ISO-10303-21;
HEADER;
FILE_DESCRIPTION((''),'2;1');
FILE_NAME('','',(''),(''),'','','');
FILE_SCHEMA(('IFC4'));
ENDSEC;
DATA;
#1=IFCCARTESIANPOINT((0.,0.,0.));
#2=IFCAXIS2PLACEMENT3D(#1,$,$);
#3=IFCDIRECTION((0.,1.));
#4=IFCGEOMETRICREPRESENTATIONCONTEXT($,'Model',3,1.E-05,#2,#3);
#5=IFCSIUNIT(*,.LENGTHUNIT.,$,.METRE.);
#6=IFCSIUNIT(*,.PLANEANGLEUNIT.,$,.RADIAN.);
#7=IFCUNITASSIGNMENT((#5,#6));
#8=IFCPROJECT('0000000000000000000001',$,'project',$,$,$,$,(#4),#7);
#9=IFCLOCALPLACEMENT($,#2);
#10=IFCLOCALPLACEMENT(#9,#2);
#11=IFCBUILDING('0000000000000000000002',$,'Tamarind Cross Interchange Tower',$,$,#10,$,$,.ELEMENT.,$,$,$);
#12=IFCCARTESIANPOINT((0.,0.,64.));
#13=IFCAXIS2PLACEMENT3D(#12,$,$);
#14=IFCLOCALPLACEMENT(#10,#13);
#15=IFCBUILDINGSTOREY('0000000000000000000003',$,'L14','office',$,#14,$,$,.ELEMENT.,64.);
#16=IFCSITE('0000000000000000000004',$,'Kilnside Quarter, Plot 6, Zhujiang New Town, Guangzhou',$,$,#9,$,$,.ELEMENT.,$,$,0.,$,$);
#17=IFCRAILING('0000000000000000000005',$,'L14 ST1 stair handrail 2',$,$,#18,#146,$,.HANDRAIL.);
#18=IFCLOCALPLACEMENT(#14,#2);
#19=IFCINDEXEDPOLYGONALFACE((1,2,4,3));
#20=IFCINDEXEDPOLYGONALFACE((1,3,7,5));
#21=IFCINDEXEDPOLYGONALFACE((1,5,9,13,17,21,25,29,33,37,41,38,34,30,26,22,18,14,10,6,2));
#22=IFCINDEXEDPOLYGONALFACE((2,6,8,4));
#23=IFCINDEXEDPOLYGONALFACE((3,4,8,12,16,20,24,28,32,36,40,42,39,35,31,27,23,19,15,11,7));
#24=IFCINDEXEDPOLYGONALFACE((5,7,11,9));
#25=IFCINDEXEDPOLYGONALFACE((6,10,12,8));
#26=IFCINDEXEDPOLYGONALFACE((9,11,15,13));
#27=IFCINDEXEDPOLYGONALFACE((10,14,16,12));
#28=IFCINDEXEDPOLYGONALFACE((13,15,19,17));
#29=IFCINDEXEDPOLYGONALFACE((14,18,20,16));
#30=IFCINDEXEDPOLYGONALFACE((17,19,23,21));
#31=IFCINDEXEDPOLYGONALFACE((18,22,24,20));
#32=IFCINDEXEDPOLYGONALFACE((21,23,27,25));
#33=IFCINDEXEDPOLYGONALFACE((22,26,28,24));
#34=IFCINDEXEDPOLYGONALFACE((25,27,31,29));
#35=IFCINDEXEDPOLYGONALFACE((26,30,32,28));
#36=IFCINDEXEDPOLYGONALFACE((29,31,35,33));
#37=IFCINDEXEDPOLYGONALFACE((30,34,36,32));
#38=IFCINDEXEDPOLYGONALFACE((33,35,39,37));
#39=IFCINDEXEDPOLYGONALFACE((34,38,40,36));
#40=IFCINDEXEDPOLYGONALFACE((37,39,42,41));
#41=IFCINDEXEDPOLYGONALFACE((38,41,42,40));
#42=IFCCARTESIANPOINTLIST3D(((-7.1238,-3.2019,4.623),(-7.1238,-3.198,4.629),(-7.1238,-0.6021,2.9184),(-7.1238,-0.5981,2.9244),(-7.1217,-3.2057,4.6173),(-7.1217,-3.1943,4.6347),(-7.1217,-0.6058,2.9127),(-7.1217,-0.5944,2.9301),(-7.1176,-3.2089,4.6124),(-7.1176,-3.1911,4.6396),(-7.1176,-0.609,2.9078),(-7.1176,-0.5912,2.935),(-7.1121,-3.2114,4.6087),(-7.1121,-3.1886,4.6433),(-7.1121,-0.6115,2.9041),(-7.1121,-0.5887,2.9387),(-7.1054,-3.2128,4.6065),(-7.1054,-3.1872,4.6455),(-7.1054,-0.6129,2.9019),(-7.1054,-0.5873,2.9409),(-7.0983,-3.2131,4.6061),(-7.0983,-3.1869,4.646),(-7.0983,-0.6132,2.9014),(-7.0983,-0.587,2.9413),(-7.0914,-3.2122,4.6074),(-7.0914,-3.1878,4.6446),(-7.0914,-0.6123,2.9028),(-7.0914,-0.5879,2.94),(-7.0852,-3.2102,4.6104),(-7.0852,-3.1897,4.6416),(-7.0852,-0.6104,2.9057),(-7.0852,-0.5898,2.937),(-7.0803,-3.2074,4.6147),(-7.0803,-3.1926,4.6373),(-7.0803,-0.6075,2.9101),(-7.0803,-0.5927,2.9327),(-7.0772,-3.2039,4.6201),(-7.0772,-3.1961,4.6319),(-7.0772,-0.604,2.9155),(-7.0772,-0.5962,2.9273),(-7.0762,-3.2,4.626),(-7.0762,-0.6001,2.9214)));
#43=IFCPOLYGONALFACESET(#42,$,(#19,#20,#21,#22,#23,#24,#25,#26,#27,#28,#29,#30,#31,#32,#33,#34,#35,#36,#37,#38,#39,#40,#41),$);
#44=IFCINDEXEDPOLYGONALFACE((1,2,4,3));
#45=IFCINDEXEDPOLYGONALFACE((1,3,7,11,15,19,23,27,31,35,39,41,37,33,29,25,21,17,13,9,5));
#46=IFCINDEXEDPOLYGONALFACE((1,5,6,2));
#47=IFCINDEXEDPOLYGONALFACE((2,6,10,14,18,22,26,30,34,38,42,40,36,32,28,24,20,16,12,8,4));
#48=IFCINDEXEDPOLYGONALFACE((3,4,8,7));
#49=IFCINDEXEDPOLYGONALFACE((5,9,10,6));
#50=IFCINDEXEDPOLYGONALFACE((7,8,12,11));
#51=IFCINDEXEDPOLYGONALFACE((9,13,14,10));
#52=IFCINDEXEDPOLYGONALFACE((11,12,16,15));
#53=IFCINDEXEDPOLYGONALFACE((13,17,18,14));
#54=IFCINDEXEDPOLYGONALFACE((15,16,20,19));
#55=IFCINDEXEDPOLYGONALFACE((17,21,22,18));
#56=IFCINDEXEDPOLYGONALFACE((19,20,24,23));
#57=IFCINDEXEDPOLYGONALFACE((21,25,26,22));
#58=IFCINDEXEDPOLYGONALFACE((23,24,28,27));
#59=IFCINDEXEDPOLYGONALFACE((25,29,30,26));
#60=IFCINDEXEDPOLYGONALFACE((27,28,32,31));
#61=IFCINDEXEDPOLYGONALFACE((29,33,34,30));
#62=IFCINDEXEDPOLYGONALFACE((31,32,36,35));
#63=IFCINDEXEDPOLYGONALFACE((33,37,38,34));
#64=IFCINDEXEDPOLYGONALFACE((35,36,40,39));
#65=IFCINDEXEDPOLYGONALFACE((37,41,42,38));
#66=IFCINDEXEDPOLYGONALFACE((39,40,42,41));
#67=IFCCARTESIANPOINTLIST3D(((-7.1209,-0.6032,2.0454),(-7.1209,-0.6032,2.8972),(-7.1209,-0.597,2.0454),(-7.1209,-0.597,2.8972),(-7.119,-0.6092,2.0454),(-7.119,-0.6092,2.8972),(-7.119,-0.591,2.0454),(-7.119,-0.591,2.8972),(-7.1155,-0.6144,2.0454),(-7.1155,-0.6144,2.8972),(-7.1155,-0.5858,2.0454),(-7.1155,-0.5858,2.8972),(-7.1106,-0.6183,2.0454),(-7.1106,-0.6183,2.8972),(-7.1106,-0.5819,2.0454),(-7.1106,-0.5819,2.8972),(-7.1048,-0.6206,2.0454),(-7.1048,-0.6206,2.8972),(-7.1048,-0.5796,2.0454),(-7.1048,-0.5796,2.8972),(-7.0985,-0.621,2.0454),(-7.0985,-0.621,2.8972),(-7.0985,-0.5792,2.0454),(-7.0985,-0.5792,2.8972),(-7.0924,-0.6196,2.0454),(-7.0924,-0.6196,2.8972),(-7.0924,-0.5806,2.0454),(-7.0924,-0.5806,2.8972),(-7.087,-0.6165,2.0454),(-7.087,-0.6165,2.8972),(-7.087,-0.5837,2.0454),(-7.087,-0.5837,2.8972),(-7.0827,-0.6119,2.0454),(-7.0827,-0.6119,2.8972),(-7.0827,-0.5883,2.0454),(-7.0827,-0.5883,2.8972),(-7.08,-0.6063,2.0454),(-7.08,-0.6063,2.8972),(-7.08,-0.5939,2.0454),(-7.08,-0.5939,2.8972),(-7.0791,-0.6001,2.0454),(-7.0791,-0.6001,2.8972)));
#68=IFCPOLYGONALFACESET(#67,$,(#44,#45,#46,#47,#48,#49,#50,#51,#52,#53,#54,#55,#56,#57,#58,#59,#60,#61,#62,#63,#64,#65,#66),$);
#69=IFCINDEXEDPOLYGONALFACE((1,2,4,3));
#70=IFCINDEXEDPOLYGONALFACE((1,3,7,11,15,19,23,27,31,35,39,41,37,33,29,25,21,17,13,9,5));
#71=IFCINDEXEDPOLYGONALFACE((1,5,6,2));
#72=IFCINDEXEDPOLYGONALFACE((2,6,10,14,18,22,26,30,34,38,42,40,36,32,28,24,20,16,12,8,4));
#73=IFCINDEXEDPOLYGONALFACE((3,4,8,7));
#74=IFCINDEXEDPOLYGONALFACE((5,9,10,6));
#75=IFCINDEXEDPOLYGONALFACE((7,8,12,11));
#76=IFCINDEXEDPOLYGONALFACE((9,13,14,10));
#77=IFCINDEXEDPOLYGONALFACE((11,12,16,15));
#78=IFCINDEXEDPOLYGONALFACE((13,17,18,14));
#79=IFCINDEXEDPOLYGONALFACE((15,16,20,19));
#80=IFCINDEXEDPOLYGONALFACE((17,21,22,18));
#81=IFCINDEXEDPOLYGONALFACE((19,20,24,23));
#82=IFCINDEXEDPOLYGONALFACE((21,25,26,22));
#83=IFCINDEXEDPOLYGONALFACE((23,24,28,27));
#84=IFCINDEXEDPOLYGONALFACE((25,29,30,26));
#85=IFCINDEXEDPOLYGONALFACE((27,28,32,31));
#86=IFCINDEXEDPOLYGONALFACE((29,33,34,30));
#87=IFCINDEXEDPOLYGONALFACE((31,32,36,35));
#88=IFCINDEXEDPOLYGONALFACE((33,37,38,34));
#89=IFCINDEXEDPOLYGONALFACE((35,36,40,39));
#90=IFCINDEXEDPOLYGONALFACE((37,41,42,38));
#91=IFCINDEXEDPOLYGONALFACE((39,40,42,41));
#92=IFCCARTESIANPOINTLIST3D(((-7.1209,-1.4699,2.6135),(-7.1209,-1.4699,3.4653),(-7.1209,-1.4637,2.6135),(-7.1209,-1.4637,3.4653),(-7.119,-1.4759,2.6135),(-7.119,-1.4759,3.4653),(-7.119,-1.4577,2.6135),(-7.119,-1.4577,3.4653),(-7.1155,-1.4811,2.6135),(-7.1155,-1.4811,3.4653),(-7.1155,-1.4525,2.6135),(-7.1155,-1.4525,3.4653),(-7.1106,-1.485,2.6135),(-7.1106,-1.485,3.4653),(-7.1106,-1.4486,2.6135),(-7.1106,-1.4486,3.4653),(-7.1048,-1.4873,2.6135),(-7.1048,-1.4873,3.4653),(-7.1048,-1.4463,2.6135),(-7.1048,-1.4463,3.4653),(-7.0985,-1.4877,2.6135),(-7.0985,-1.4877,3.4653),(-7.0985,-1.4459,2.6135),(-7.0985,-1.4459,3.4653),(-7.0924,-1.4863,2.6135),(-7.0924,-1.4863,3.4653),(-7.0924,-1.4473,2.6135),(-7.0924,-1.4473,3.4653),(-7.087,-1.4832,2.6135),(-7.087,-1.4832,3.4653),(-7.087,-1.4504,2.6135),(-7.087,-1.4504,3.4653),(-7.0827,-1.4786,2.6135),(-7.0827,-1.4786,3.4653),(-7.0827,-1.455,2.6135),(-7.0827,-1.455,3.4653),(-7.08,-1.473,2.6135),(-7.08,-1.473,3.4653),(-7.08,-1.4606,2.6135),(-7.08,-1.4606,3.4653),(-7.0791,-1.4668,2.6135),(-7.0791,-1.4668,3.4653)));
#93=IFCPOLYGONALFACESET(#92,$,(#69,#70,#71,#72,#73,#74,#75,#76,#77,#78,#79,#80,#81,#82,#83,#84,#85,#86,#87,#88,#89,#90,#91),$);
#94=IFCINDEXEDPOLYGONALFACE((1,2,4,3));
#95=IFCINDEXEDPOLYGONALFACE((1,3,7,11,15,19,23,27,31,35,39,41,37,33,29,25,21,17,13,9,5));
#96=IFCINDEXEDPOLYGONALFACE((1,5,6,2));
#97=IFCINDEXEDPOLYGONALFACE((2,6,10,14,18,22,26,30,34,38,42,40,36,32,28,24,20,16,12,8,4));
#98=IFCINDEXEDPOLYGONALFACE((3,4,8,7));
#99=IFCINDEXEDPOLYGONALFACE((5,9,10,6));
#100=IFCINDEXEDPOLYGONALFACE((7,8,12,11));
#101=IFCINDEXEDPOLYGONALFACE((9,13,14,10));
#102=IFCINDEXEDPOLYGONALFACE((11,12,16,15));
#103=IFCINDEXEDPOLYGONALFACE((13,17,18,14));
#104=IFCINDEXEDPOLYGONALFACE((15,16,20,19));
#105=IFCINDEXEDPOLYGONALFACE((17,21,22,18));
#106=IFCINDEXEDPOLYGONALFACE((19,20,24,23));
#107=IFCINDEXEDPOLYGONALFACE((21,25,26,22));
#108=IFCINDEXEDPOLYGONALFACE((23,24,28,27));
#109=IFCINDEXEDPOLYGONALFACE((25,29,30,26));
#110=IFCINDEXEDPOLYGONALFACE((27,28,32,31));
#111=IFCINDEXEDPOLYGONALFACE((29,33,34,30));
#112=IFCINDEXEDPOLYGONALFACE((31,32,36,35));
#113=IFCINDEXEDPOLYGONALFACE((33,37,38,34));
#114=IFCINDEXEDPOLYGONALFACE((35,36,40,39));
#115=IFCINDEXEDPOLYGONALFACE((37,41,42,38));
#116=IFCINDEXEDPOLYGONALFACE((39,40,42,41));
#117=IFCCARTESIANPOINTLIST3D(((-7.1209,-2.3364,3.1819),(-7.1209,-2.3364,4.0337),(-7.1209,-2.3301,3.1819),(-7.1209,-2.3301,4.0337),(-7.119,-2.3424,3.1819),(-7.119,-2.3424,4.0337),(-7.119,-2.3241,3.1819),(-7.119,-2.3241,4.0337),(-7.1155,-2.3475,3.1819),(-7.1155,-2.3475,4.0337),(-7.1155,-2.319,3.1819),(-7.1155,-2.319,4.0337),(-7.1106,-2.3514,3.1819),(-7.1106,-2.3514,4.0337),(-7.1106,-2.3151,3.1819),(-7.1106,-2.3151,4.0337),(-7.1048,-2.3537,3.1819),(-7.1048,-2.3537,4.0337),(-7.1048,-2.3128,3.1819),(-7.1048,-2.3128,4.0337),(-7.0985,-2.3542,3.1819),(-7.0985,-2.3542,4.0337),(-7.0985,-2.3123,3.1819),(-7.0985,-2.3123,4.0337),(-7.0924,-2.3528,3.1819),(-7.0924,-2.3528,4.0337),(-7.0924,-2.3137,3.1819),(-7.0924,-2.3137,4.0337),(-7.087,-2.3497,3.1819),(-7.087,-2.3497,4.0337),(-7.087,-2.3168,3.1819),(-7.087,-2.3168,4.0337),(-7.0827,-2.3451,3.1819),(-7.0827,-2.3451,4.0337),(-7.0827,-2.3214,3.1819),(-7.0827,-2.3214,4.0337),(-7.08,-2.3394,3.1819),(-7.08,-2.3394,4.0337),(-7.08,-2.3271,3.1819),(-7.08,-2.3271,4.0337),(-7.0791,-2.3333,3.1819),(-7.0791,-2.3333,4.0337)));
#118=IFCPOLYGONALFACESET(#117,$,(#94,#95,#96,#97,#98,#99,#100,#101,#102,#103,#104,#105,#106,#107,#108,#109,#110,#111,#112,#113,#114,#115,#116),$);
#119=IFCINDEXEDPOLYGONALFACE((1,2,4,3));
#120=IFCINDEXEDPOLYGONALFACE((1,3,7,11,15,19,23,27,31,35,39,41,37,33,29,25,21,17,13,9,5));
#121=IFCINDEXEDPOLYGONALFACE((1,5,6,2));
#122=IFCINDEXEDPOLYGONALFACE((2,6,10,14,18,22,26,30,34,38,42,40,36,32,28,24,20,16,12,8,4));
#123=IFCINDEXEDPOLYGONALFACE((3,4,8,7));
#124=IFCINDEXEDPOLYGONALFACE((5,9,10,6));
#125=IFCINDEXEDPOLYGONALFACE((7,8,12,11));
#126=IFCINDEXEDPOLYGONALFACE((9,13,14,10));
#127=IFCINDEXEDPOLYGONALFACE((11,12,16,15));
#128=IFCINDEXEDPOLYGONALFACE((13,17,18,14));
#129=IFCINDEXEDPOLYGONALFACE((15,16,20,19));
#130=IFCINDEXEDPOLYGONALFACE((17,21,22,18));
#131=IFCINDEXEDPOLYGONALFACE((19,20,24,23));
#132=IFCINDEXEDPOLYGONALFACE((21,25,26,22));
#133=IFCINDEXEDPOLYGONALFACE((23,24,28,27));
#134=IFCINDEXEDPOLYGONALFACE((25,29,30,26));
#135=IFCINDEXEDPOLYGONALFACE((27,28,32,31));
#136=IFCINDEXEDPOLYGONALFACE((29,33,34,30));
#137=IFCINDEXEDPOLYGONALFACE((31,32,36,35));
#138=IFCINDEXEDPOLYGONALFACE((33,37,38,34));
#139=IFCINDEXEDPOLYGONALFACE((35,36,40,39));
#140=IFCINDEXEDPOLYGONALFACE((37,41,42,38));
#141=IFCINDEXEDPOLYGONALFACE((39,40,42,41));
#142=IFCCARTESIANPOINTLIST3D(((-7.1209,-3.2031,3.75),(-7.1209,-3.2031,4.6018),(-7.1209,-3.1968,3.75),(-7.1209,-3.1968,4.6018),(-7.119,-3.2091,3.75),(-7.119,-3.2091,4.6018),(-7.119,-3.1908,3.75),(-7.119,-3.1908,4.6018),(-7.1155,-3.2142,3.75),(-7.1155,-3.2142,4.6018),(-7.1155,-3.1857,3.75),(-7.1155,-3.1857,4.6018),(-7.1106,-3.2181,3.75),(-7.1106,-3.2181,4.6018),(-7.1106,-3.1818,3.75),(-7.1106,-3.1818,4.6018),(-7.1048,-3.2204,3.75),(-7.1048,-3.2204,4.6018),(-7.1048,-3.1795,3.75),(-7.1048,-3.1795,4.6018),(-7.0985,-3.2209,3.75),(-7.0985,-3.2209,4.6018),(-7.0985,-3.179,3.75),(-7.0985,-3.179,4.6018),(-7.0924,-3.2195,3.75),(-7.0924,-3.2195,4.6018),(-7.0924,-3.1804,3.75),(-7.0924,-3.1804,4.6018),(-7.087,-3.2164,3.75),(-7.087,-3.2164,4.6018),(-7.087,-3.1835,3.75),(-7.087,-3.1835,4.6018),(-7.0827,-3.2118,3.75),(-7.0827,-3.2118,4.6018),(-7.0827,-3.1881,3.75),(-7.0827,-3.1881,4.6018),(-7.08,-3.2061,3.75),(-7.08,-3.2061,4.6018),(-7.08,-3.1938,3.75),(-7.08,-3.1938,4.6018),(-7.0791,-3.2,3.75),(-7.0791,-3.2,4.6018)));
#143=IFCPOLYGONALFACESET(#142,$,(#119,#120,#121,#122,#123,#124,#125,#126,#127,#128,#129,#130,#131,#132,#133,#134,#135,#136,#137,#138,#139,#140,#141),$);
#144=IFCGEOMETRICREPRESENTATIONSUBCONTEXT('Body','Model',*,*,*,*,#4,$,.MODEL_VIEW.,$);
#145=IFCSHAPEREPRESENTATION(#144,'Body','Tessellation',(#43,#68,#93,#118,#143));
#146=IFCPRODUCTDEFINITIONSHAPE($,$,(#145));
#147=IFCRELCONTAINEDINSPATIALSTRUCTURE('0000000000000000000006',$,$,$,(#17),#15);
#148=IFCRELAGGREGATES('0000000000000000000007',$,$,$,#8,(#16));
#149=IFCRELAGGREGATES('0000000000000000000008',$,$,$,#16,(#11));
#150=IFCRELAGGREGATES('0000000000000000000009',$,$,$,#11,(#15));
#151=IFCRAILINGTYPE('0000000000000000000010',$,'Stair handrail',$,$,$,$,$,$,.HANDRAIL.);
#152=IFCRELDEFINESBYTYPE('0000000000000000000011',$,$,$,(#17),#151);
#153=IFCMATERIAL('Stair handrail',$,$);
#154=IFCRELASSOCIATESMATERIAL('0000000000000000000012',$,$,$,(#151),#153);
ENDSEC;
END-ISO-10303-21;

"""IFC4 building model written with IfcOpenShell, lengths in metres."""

from ifc_helpers import new_model, si_unit, direction, frame, origin, origin_2d, place, context, subcontext, project, spatial, circle, extrude, material, type_object, element, save


model = new_model("IFC4")

# Units and contexts
model_context = context("Model", 3, precision=1e-05, world=origin(), true_north=direction((0.0, 1.0)))
body_context = subcontext(model_context, "Body", "Model", "MODEL_VIEW")
ifc_project = project(units=[si_unit("LENGTHUNIT", "METRE"), si_unit("PLANEANGLEUNIT", "RADIAN")], contexts=[model_context])

# Site, building, storey
site_placement = place(None, origin())
site = spatial("IfcSite", under=ifc_project, at=site_placement, Name="Kilnside Quarter, Plot 6, Zhujiang New Town, Guangzhou", CompositionType="ELEMENT", RefElevation=0.0)
building_placement = place(site_placement, origin())
building = spatial("IfcBuilding", under=site, at=building_placement, Name="Tamarind Cross Interchange Tower", CompositionType="ELEMENT")
storey_placement = place(building_placement, frame((0.0, 0.0, 64.0)))
storey = spatial("IfcBuildingStorey", under=building, at=storey_placement, Name="L14", Description="office", CompositionType="ELEMENT", Elevation=64.0)

# Railing
ifc_material_1 = material(Name="Stair handrail")
railing_type_1 = type_object("IfcRailingType", Name="Stair handrail", PredefinedType="HANDRAIL", material=ifc_material_1)
railing_1_placement = place(storey_placement, frame((-7.1001, -0.6001, 2.0454)))
element("IfcRailing", 1, at=railing_1_placement, inside=storey, type_object=railing_type_1, Name="L14 ST1 stair handrail 2", PredefinedType="HANDRAIL", context=body_context, shape_type="SweptSolid", body=[
    extrude(circle(Radius=0.0239, at=origin_2d()), frame((0.0, 0.0, 0.876), z_axis=(0.0, -0.836279, 0.548305), x_axis=(1.0, 0.0, 0.0)), (0.0, 0.0, 1.0), 3.1089),
    extrude(circle(Radius=0.021, at=origin_2d()), origin(), (0.0, 0.0, 1.0), 0.8518),
    extrude(circle(Radius=0.021, at=origin_2d()), frame((0.0, -0.8667, 0.5681)), (0.0, 0.0, 1.0), 0.8518),
    extrude(circle(Radius=0.021, at=origin_2d()), frame((0.0, -1.7332, 1.1365)), (0.0, 0.0, 1.0), 0.8518),
    extrude(circle(Radius=0.021, at=origin_2d()), frame((0.0, -2.5999, 1.7046)), (0.0, 0.0, 1.0), 0.8518),
])

save(model, "model.ifc")
